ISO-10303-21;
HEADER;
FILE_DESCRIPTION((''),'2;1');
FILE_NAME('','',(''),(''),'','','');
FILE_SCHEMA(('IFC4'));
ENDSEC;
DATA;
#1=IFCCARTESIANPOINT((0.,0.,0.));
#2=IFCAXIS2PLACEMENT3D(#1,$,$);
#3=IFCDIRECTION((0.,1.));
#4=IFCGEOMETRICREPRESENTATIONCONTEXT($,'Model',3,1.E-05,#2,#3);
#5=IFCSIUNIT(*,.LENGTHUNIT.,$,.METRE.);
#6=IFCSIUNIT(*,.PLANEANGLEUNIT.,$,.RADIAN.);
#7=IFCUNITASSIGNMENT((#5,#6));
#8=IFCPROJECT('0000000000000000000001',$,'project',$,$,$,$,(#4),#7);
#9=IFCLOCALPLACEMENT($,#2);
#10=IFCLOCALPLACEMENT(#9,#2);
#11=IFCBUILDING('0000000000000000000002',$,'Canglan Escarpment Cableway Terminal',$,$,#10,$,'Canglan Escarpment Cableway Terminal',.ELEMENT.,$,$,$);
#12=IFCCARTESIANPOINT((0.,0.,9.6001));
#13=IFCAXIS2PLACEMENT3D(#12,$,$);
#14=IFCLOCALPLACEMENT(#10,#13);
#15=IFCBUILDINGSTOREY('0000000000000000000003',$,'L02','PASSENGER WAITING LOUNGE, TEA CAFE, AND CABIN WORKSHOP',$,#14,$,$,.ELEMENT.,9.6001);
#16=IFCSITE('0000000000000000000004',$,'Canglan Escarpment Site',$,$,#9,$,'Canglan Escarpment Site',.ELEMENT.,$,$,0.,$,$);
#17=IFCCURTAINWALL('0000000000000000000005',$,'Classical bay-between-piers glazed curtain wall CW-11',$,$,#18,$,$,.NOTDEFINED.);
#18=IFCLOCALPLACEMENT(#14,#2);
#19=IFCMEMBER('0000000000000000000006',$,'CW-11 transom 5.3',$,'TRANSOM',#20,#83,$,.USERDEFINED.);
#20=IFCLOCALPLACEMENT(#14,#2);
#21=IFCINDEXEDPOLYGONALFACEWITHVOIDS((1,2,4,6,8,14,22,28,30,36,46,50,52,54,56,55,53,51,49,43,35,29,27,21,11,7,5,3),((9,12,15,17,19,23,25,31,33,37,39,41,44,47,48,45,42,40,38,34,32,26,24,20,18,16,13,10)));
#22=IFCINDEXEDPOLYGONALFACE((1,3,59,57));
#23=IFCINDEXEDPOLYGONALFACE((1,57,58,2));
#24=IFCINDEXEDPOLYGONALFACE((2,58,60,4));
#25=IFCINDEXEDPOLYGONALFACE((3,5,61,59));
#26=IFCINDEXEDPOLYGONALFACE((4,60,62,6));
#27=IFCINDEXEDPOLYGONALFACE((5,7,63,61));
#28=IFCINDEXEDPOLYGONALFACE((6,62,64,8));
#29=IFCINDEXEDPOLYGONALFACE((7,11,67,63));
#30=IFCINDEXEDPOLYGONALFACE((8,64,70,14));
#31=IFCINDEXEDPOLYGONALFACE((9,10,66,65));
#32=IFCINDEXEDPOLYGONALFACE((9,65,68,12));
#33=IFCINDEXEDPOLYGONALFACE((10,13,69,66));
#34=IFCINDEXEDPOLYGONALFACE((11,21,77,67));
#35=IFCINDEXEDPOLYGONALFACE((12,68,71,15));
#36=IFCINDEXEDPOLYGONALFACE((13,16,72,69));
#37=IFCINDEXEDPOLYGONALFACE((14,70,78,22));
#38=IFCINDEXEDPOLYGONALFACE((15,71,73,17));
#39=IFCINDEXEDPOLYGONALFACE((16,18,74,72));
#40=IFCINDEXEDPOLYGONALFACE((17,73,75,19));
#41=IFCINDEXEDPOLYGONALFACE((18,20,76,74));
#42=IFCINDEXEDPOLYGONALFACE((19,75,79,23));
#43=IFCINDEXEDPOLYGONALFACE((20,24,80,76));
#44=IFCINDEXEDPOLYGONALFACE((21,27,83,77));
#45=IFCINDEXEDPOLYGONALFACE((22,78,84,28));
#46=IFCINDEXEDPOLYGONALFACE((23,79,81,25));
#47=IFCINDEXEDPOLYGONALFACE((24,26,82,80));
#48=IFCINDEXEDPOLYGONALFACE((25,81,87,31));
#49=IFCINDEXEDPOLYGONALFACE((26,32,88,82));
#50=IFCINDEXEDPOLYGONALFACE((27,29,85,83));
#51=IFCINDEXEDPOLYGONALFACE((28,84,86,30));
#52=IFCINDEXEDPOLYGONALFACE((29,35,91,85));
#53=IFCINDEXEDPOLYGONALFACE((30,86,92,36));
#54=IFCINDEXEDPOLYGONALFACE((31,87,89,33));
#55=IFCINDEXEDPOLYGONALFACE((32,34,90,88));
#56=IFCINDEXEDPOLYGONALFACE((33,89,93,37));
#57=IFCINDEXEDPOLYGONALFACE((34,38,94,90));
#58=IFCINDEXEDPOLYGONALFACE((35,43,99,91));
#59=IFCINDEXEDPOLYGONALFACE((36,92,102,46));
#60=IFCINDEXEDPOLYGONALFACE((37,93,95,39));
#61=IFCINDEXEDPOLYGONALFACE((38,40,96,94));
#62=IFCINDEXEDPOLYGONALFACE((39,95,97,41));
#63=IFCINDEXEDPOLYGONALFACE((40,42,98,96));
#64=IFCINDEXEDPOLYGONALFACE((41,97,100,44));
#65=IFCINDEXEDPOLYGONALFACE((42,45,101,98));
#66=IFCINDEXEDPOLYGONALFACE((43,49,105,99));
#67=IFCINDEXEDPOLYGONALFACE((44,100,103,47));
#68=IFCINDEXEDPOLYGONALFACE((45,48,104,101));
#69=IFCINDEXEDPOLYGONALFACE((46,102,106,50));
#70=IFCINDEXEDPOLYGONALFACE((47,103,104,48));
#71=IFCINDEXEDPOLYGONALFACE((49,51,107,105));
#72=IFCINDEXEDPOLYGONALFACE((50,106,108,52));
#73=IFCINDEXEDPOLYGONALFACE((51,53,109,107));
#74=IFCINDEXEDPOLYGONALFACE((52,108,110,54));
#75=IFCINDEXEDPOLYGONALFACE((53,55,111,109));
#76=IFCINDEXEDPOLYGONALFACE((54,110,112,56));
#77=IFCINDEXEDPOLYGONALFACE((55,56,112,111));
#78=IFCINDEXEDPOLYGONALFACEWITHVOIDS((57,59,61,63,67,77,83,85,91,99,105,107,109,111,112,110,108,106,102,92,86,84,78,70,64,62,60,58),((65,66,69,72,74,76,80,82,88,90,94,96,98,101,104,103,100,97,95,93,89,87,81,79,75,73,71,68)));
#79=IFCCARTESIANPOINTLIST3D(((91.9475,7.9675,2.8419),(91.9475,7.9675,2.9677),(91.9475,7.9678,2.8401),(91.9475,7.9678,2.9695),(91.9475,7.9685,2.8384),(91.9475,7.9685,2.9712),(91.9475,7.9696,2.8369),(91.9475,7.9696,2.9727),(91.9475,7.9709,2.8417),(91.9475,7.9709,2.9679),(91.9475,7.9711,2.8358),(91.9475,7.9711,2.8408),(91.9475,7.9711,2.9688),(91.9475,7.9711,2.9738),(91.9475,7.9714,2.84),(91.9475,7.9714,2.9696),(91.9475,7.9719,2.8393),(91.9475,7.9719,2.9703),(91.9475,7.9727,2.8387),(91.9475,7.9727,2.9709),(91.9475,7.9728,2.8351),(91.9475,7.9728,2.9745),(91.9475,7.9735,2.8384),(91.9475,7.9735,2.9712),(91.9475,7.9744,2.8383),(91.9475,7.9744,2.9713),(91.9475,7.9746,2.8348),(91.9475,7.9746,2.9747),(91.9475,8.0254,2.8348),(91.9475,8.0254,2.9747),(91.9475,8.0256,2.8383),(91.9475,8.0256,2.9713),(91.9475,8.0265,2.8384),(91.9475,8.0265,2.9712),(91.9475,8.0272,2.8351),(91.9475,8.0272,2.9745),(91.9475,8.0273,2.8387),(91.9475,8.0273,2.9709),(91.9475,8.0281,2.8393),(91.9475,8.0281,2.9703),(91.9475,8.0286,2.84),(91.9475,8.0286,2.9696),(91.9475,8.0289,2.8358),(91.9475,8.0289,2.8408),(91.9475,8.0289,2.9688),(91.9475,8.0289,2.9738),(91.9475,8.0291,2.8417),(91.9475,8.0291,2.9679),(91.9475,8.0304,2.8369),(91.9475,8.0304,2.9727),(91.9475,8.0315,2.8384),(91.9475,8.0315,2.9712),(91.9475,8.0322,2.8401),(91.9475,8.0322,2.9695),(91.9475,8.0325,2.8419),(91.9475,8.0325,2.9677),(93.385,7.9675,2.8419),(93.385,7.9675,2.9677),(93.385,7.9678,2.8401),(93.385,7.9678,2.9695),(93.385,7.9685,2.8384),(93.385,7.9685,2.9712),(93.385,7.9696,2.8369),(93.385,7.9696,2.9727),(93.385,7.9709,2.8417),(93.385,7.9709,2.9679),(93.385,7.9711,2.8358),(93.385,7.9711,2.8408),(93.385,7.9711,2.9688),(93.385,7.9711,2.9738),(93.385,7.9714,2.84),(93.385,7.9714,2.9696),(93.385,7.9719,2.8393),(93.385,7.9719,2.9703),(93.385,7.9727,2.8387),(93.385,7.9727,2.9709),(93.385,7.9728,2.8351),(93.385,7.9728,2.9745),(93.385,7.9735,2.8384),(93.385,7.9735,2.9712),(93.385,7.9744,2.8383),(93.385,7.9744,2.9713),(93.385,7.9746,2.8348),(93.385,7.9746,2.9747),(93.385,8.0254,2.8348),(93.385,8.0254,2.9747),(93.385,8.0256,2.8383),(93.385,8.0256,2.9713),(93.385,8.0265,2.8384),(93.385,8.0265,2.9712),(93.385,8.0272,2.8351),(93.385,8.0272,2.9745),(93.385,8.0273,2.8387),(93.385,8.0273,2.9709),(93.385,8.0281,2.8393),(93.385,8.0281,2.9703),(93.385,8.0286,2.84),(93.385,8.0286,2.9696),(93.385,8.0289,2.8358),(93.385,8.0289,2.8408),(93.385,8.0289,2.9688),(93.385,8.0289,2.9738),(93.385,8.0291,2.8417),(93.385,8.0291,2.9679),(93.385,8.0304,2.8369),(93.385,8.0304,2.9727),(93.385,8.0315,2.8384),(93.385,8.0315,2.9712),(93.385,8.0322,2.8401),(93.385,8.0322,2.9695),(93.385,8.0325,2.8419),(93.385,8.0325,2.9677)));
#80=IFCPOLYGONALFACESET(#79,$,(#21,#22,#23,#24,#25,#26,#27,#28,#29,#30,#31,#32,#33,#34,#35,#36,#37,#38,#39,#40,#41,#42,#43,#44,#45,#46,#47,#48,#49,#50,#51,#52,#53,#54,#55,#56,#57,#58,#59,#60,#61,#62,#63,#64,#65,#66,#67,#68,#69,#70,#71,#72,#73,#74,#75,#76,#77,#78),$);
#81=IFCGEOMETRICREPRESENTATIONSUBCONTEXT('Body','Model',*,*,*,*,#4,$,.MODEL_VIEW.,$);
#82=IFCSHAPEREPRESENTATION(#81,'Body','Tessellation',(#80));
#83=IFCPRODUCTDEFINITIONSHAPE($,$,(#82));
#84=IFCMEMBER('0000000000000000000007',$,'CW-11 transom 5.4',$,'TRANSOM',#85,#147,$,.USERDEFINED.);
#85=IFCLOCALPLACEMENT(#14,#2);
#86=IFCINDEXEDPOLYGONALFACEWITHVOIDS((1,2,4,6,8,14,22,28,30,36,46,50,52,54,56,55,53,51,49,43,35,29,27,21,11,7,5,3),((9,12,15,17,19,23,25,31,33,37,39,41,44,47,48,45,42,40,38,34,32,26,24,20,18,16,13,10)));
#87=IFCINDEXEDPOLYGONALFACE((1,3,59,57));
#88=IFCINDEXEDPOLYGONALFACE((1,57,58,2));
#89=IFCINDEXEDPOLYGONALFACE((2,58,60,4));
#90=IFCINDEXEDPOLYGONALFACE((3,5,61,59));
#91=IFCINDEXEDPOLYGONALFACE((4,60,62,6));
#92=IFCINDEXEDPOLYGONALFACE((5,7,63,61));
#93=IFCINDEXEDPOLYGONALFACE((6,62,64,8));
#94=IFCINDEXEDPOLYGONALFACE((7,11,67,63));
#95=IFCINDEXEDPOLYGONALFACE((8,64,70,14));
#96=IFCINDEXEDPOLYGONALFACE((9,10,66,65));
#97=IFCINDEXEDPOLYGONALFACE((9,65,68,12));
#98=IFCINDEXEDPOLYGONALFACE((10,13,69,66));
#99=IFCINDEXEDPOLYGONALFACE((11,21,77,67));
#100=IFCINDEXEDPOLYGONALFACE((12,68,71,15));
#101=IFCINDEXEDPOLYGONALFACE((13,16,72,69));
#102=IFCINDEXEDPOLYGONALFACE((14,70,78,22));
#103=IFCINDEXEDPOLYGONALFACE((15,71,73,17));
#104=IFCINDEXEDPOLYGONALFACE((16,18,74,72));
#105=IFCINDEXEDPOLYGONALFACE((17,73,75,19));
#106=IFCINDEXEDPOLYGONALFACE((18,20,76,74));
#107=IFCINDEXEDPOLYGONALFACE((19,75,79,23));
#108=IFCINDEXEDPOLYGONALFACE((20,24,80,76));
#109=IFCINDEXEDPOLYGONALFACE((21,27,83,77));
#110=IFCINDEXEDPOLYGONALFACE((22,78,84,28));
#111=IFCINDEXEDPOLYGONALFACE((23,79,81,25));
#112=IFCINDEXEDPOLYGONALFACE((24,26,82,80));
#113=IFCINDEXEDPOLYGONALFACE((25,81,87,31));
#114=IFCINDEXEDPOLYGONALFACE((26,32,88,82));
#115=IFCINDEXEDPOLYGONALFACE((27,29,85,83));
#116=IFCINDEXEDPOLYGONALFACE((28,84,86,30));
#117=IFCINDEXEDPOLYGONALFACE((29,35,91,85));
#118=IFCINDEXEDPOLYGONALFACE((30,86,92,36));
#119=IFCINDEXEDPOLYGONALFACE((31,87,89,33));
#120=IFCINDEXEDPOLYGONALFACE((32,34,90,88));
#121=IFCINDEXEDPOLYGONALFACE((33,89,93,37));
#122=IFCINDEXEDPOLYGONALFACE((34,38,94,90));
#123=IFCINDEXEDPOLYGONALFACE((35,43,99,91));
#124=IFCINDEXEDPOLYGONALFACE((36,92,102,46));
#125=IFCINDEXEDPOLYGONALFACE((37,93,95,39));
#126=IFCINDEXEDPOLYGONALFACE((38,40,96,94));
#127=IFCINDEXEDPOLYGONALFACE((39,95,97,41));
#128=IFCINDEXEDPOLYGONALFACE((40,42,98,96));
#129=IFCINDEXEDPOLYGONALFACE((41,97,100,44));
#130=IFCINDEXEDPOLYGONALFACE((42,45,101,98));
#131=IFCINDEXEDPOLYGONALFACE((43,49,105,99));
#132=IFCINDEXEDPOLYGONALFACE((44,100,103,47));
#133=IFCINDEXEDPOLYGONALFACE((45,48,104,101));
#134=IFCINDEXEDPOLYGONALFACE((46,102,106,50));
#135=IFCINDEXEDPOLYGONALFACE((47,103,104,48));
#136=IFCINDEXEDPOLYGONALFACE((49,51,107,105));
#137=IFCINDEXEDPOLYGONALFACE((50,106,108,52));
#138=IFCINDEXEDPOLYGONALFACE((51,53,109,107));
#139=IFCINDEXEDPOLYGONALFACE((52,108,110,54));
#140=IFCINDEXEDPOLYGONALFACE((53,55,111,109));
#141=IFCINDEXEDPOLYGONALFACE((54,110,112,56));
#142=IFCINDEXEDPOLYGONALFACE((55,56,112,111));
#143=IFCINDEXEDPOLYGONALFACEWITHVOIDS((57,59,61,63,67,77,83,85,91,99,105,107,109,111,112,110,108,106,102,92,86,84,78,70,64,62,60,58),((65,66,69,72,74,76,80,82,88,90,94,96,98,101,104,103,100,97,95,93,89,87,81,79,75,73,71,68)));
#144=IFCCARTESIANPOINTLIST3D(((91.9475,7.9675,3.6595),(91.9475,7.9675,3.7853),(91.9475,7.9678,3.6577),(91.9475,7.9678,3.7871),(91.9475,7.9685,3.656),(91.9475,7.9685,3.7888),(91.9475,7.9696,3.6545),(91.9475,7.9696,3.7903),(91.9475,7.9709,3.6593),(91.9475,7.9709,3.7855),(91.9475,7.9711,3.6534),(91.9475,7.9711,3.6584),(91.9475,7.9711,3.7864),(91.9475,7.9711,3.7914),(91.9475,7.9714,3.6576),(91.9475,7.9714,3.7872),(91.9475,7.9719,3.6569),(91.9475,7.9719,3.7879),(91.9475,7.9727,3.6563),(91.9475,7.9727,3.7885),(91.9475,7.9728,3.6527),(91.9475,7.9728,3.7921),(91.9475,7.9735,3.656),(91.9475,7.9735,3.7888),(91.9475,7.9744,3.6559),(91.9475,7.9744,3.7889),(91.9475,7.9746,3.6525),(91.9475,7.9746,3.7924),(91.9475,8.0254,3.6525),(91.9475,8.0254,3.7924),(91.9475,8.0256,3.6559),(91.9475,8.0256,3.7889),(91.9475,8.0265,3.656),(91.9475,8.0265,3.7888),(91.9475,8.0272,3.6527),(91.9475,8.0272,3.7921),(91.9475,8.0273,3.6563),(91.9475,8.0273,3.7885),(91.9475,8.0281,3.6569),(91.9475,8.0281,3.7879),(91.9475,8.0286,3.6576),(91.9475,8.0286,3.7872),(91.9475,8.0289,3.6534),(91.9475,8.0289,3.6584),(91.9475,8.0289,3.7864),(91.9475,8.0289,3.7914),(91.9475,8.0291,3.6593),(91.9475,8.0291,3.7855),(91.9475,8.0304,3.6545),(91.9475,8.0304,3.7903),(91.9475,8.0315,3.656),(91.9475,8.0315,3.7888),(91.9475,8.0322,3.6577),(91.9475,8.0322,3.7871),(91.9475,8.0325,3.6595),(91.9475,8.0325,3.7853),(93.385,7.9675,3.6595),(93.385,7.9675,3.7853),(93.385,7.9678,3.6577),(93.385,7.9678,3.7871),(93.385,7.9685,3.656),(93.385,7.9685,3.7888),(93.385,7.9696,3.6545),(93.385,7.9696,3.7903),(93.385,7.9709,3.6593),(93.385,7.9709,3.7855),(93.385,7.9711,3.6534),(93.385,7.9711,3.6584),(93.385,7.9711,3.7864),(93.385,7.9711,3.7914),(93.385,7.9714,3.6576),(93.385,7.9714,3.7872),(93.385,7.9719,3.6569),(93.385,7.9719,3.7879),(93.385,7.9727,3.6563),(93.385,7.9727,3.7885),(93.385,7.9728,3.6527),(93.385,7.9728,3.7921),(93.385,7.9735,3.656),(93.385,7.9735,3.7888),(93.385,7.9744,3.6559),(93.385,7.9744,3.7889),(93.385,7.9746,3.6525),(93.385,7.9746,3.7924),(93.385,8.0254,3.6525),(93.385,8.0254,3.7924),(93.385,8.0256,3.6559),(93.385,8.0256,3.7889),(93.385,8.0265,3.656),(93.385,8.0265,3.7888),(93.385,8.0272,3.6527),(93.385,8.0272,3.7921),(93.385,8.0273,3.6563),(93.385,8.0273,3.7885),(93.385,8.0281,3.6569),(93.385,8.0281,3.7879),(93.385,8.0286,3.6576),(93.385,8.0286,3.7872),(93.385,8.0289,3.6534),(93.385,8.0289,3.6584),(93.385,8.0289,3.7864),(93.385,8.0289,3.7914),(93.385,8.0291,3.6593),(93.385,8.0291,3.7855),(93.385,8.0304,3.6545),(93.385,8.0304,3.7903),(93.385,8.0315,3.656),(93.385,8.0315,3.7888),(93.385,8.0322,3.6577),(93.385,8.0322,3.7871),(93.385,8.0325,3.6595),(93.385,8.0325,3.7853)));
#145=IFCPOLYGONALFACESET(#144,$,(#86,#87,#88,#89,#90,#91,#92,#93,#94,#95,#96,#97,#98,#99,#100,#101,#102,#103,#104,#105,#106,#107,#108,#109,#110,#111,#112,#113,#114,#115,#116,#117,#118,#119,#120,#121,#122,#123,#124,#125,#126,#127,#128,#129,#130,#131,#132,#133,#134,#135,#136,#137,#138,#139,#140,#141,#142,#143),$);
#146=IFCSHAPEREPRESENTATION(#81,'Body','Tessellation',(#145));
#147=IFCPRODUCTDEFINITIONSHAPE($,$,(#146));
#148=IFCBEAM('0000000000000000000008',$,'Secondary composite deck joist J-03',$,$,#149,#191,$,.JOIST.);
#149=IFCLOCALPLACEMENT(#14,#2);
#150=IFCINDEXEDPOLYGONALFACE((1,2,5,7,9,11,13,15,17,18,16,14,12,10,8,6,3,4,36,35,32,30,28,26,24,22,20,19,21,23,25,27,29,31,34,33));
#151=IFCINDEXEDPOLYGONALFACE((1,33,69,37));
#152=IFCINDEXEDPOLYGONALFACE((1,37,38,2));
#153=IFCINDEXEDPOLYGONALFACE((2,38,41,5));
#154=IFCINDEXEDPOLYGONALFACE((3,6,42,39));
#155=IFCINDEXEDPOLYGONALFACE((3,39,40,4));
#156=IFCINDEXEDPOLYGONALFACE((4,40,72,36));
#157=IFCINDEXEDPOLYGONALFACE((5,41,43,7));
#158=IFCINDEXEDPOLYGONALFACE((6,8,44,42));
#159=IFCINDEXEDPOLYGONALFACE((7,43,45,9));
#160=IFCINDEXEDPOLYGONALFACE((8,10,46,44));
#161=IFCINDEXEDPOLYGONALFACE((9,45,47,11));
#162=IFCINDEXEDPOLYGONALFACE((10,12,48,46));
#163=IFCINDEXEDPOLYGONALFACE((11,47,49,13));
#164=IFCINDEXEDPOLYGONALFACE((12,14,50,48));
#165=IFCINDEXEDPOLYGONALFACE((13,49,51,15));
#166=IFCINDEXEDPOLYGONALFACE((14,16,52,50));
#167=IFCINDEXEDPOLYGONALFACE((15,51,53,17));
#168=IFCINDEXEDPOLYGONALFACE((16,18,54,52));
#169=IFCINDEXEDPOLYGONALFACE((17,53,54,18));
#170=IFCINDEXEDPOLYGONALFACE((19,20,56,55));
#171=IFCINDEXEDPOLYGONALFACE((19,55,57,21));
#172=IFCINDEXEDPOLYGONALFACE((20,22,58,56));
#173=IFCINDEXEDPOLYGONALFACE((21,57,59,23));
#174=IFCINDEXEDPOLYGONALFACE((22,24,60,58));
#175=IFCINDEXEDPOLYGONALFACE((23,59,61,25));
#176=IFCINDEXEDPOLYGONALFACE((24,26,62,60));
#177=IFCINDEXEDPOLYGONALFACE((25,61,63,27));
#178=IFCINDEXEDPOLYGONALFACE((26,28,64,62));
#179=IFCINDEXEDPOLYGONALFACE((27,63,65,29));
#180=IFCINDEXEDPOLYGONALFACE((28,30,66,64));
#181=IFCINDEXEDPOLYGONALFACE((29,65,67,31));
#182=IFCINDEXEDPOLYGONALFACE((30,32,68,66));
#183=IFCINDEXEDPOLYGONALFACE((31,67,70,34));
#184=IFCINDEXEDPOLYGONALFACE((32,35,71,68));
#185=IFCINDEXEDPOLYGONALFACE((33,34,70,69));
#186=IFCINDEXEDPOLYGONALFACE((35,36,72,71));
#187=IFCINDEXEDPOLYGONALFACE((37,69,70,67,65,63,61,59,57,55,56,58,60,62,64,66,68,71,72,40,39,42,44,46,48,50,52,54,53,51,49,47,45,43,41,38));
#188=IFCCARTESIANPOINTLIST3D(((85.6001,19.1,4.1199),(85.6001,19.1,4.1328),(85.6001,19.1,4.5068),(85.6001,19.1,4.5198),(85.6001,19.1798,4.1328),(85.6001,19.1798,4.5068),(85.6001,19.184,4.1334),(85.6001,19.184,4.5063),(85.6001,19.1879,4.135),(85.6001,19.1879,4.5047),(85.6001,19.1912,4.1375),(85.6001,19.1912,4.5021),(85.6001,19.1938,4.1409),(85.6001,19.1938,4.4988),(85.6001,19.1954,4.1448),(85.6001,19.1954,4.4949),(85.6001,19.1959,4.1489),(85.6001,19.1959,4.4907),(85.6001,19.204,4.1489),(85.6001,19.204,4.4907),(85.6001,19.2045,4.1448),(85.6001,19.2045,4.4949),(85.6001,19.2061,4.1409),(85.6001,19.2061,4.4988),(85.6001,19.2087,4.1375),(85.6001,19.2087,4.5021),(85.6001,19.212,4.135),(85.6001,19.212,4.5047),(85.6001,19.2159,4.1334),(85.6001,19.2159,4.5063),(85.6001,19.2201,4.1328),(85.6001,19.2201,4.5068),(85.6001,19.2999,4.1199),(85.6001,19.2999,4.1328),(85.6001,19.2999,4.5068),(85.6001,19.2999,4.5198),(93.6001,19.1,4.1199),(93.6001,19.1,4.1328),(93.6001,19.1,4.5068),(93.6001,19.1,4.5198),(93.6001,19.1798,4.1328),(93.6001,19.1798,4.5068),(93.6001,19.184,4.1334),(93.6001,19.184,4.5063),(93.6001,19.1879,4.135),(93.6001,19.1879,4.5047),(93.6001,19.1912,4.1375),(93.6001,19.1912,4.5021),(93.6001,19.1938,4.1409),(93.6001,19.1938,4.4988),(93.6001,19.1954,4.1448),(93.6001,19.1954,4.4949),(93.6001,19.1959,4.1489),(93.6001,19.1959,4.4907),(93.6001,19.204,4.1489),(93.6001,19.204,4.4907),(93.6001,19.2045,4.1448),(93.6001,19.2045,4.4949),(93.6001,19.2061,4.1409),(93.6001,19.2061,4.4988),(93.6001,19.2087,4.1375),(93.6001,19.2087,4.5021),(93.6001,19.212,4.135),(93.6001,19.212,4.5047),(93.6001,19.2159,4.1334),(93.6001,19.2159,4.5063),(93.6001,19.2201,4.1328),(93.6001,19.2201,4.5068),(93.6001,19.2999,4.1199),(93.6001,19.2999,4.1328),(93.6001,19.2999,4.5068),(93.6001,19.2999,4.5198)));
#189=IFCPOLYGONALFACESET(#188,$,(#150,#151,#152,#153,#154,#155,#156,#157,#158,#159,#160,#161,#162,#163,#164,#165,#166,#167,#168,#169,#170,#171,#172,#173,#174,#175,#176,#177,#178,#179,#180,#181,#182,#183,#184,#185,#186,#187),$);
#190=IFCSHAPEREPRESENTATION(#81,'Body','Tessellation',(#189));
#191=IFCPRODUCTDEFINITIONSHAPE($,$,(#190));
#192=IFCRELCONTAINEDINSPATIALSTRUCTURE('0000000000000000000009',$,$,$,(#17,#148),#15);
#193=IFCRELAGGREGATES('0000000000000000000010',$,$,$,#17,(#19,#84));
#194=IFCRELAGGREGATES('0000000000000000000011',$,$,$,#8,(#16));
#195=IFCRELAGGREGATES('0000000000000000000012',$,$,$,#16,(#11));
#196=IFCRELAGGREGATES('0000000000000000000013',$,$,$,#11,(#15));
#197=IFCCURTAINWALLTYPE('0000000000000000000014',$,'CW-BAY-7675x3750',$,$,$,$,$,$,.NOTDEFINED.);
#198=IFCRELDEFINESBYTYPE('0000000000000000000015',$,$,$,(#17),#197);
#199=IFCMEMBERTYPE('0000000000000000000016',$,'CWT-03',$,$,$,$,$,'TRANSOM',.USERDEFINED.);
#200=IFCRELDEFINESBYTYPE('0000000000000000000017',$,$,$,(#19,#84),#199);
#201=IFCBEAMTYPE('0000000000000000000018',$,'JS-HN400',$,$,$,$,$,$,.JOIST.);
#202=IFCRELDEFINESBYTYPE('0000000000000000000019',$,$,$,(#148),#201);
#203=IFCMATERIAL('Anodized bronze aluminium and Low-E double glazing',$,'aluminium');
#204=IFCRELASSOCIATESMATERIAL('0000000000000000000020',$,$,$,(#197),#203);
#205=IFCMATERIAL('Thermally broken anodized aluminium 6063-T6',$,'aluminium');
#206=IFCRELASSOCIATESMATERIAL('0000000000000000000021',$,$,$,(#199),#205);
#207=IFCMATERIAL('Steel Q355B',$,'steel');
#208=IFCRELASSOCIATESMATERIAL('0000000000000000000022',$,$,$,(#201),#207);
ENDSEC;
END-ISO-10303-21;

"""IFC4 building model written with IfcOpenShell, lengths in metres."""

from ifc_helpers import new_model, si_unit, direction, frame, origin, origin_2d, place, context, subcontext, project, spatial, hollow_rectangle, i_section, extrude, material, material_profile, profile_set, type_object, element, aggregate, save


model = new_model("IFC4")

# Units and contexts
model_context = context("Model", 3, precision=1e-05, world=origin(), true_north=direction((0.0, 1.0)))
body_context = subcontext(model_context, "Body", "Model", "MODEL_VIEW")
ifc_project = project(units=[si_unit("LENGTHUNIT", "METRE"), si_unit("PLANEANGLEUNIT", "RADIAN")], contexts=[model_context])

# Site, building, storey
site_placement = place(None, origin())
site = spatial("IfcSite", under=ifc_project, at=site_placement, Name="Canglan Escarpment Site", LongName="Canglan Escarpment Site", CompositionType="ELEMENT", RefElevation=0.0)
building_placement = place(site_placement, origin())
building = spatial("IfcBuilding", under=site, at=building_placement, Name="Canglan Escarpment Cableway Terminal", LongName="Canglan Escarpment Cableway Terminal", CompositionType="ELEMENT")
storey_placement = place(building_placement, frame((0.0, 0.0, 9.6001)))
storey = spatial("IfcBuildingStorey", under=building, at=storey_placement, Name="L02", Description="PASSENGER WAITING LOUNGE, TEA CAFE, AND CABIN WORKSHOP", CompositionType="ELEMENT", Elevation=9.6001)

# Curtain wall, members
ifc_material_1 = material(Name="Anodized bronze aluminium and Low-E double glazing", Category="aluminium")
curtain_wall_type = type_object("IfcCurtainWallType", Name="CW-BAY-7675x3750", PredefinedType="NOTDEFINED", material=ifc_material_1)
curtain_wall_placement = place(storey_placement, origin())
curtain_wall = element("IfcCurtainWall", 1, at=curtain_wall_placement, inside=storey, type_object=curtain_wall_type, Name="Classical bay-between-piers glazed curtain wall CW-11", PredefinedType="NOTDEFINED")
ifc_material_2 = material(Name="Thermally broken anodized aluminium 6063-T6", Category="aluminium")
ifc_material_profile_1 = material_profile(ifc_material_2, hollow_rectangle(XDim=0.0649, YDim=0.1399, WallThickness=0.0034, InnerFilletRadius=0.0034, OuterFilletRadius=0.0071, at=origin_2d()), Name="ALU-TRAN 65x140x3.5")
ifc_profile_set_1 = profile_set([ifc_material_profile_1], Name="Thermally broken anodized aluminium 6063-T6")
member_type_1 = type_object("IfcMemberType", Name="CWT-03", ElementType="TRANSOM", PredefinedType="USERDEFINED", material=ifc_profile_set_1)
member_1_placement = place(storey_placement, frame((91.9475, 8.0, 2.9048), z_axis=(1.0, 0.0, 0.0), x_axis=(0.0, 1.0, 0.0)))
member_1 = element("IfcMember", 2, at=member_1_placement, type_object=member_type_1, Name="CW-11 transom 5.3", ObjectType="TRANSOM", PredefinedType="USERDEFINED", context=body_context, shape_type="SweptSolid", body=[
    extrude(hollow_rectangle(XDim=0.0649, YDim=0.1399, WallThickness=0.0034, InnerFilletRadius=0.0034, OuterFilletRadius=0.0071, at=origin_2d()), origin(), (0.0, 0.0, 1.0), 1.4375),
])
member_2_placement = place(storey_placement, frame((91.9475, 8.0, 3.7224), z_axis=(1.0, 0.0, 0.0), x_axis=(0.0, 1.0, 0.0)))
member_2 = element("IfcMember", 3, at=member_2_placement, type_object=member_type_1, Name="CW-11 transom 5.4", ObjectType="TRANSOM", PredefinedType="USERDEFINED", context=body_context, shape_type="SweptSolid", body=[
    extrude(hollow_rectangle(XDim=0.0649, YDim=0.1399, WallThickness=0.0034, InnerFilletRadius=0.0034, OuterFilletRadius=0.0071, at=origin_2d()), origin(), (0.0, 0.0, 1.0), 1.4375),
])

# Beam
ifc_material_3 = material(Name="Steel Q355B", Category="steel")
ifc_material_profile_2 = material_profile(ifc_material_3, i_section(OverallWidth=0.2, OverallDepth=0.3999, WebThickness=0.0081, FlangeThickness=0.0129, FilletRadius=0.0161, at=origin_2d()), Name="HN 400x200x8x13")
ifc_profile_set_2 = profile_set([ifc_material_profile_2], Name="Steel Q355B")
beam_type_1 = type_object("IfcBeamType", Name="JS-HN400", PredefinedType="JOIST", material=ifc_profile_set_2)
beam_1_placement = place(storey_placement, frame((85.6001, 19.2, 4.3198), z_axis=(1.0, 0.0, 0.0), x_axis=(0.0, 1.0, 0.0)))
element("IfcBeam", 4, at=beam_1_placement, inside=storey, type_object=beam_type_1, Name="Secondary composite deck joist J-03", PredefinedType="JOIST", context=body_context, shape_type="SweptSolid", body=[
    extrude(i_section(OverallWidth=0.2, OverallDepth=0.3999, WebThickness=0.0081, FlangeThickness=0.0129, FilletRadius=0.0161, at=origin_2d()), origin(), (0.0, 0.0, 1.0), 8.0),
])

aggregate(curtain_wall, [member_1, member_2])

save(model, "model.ifc")
